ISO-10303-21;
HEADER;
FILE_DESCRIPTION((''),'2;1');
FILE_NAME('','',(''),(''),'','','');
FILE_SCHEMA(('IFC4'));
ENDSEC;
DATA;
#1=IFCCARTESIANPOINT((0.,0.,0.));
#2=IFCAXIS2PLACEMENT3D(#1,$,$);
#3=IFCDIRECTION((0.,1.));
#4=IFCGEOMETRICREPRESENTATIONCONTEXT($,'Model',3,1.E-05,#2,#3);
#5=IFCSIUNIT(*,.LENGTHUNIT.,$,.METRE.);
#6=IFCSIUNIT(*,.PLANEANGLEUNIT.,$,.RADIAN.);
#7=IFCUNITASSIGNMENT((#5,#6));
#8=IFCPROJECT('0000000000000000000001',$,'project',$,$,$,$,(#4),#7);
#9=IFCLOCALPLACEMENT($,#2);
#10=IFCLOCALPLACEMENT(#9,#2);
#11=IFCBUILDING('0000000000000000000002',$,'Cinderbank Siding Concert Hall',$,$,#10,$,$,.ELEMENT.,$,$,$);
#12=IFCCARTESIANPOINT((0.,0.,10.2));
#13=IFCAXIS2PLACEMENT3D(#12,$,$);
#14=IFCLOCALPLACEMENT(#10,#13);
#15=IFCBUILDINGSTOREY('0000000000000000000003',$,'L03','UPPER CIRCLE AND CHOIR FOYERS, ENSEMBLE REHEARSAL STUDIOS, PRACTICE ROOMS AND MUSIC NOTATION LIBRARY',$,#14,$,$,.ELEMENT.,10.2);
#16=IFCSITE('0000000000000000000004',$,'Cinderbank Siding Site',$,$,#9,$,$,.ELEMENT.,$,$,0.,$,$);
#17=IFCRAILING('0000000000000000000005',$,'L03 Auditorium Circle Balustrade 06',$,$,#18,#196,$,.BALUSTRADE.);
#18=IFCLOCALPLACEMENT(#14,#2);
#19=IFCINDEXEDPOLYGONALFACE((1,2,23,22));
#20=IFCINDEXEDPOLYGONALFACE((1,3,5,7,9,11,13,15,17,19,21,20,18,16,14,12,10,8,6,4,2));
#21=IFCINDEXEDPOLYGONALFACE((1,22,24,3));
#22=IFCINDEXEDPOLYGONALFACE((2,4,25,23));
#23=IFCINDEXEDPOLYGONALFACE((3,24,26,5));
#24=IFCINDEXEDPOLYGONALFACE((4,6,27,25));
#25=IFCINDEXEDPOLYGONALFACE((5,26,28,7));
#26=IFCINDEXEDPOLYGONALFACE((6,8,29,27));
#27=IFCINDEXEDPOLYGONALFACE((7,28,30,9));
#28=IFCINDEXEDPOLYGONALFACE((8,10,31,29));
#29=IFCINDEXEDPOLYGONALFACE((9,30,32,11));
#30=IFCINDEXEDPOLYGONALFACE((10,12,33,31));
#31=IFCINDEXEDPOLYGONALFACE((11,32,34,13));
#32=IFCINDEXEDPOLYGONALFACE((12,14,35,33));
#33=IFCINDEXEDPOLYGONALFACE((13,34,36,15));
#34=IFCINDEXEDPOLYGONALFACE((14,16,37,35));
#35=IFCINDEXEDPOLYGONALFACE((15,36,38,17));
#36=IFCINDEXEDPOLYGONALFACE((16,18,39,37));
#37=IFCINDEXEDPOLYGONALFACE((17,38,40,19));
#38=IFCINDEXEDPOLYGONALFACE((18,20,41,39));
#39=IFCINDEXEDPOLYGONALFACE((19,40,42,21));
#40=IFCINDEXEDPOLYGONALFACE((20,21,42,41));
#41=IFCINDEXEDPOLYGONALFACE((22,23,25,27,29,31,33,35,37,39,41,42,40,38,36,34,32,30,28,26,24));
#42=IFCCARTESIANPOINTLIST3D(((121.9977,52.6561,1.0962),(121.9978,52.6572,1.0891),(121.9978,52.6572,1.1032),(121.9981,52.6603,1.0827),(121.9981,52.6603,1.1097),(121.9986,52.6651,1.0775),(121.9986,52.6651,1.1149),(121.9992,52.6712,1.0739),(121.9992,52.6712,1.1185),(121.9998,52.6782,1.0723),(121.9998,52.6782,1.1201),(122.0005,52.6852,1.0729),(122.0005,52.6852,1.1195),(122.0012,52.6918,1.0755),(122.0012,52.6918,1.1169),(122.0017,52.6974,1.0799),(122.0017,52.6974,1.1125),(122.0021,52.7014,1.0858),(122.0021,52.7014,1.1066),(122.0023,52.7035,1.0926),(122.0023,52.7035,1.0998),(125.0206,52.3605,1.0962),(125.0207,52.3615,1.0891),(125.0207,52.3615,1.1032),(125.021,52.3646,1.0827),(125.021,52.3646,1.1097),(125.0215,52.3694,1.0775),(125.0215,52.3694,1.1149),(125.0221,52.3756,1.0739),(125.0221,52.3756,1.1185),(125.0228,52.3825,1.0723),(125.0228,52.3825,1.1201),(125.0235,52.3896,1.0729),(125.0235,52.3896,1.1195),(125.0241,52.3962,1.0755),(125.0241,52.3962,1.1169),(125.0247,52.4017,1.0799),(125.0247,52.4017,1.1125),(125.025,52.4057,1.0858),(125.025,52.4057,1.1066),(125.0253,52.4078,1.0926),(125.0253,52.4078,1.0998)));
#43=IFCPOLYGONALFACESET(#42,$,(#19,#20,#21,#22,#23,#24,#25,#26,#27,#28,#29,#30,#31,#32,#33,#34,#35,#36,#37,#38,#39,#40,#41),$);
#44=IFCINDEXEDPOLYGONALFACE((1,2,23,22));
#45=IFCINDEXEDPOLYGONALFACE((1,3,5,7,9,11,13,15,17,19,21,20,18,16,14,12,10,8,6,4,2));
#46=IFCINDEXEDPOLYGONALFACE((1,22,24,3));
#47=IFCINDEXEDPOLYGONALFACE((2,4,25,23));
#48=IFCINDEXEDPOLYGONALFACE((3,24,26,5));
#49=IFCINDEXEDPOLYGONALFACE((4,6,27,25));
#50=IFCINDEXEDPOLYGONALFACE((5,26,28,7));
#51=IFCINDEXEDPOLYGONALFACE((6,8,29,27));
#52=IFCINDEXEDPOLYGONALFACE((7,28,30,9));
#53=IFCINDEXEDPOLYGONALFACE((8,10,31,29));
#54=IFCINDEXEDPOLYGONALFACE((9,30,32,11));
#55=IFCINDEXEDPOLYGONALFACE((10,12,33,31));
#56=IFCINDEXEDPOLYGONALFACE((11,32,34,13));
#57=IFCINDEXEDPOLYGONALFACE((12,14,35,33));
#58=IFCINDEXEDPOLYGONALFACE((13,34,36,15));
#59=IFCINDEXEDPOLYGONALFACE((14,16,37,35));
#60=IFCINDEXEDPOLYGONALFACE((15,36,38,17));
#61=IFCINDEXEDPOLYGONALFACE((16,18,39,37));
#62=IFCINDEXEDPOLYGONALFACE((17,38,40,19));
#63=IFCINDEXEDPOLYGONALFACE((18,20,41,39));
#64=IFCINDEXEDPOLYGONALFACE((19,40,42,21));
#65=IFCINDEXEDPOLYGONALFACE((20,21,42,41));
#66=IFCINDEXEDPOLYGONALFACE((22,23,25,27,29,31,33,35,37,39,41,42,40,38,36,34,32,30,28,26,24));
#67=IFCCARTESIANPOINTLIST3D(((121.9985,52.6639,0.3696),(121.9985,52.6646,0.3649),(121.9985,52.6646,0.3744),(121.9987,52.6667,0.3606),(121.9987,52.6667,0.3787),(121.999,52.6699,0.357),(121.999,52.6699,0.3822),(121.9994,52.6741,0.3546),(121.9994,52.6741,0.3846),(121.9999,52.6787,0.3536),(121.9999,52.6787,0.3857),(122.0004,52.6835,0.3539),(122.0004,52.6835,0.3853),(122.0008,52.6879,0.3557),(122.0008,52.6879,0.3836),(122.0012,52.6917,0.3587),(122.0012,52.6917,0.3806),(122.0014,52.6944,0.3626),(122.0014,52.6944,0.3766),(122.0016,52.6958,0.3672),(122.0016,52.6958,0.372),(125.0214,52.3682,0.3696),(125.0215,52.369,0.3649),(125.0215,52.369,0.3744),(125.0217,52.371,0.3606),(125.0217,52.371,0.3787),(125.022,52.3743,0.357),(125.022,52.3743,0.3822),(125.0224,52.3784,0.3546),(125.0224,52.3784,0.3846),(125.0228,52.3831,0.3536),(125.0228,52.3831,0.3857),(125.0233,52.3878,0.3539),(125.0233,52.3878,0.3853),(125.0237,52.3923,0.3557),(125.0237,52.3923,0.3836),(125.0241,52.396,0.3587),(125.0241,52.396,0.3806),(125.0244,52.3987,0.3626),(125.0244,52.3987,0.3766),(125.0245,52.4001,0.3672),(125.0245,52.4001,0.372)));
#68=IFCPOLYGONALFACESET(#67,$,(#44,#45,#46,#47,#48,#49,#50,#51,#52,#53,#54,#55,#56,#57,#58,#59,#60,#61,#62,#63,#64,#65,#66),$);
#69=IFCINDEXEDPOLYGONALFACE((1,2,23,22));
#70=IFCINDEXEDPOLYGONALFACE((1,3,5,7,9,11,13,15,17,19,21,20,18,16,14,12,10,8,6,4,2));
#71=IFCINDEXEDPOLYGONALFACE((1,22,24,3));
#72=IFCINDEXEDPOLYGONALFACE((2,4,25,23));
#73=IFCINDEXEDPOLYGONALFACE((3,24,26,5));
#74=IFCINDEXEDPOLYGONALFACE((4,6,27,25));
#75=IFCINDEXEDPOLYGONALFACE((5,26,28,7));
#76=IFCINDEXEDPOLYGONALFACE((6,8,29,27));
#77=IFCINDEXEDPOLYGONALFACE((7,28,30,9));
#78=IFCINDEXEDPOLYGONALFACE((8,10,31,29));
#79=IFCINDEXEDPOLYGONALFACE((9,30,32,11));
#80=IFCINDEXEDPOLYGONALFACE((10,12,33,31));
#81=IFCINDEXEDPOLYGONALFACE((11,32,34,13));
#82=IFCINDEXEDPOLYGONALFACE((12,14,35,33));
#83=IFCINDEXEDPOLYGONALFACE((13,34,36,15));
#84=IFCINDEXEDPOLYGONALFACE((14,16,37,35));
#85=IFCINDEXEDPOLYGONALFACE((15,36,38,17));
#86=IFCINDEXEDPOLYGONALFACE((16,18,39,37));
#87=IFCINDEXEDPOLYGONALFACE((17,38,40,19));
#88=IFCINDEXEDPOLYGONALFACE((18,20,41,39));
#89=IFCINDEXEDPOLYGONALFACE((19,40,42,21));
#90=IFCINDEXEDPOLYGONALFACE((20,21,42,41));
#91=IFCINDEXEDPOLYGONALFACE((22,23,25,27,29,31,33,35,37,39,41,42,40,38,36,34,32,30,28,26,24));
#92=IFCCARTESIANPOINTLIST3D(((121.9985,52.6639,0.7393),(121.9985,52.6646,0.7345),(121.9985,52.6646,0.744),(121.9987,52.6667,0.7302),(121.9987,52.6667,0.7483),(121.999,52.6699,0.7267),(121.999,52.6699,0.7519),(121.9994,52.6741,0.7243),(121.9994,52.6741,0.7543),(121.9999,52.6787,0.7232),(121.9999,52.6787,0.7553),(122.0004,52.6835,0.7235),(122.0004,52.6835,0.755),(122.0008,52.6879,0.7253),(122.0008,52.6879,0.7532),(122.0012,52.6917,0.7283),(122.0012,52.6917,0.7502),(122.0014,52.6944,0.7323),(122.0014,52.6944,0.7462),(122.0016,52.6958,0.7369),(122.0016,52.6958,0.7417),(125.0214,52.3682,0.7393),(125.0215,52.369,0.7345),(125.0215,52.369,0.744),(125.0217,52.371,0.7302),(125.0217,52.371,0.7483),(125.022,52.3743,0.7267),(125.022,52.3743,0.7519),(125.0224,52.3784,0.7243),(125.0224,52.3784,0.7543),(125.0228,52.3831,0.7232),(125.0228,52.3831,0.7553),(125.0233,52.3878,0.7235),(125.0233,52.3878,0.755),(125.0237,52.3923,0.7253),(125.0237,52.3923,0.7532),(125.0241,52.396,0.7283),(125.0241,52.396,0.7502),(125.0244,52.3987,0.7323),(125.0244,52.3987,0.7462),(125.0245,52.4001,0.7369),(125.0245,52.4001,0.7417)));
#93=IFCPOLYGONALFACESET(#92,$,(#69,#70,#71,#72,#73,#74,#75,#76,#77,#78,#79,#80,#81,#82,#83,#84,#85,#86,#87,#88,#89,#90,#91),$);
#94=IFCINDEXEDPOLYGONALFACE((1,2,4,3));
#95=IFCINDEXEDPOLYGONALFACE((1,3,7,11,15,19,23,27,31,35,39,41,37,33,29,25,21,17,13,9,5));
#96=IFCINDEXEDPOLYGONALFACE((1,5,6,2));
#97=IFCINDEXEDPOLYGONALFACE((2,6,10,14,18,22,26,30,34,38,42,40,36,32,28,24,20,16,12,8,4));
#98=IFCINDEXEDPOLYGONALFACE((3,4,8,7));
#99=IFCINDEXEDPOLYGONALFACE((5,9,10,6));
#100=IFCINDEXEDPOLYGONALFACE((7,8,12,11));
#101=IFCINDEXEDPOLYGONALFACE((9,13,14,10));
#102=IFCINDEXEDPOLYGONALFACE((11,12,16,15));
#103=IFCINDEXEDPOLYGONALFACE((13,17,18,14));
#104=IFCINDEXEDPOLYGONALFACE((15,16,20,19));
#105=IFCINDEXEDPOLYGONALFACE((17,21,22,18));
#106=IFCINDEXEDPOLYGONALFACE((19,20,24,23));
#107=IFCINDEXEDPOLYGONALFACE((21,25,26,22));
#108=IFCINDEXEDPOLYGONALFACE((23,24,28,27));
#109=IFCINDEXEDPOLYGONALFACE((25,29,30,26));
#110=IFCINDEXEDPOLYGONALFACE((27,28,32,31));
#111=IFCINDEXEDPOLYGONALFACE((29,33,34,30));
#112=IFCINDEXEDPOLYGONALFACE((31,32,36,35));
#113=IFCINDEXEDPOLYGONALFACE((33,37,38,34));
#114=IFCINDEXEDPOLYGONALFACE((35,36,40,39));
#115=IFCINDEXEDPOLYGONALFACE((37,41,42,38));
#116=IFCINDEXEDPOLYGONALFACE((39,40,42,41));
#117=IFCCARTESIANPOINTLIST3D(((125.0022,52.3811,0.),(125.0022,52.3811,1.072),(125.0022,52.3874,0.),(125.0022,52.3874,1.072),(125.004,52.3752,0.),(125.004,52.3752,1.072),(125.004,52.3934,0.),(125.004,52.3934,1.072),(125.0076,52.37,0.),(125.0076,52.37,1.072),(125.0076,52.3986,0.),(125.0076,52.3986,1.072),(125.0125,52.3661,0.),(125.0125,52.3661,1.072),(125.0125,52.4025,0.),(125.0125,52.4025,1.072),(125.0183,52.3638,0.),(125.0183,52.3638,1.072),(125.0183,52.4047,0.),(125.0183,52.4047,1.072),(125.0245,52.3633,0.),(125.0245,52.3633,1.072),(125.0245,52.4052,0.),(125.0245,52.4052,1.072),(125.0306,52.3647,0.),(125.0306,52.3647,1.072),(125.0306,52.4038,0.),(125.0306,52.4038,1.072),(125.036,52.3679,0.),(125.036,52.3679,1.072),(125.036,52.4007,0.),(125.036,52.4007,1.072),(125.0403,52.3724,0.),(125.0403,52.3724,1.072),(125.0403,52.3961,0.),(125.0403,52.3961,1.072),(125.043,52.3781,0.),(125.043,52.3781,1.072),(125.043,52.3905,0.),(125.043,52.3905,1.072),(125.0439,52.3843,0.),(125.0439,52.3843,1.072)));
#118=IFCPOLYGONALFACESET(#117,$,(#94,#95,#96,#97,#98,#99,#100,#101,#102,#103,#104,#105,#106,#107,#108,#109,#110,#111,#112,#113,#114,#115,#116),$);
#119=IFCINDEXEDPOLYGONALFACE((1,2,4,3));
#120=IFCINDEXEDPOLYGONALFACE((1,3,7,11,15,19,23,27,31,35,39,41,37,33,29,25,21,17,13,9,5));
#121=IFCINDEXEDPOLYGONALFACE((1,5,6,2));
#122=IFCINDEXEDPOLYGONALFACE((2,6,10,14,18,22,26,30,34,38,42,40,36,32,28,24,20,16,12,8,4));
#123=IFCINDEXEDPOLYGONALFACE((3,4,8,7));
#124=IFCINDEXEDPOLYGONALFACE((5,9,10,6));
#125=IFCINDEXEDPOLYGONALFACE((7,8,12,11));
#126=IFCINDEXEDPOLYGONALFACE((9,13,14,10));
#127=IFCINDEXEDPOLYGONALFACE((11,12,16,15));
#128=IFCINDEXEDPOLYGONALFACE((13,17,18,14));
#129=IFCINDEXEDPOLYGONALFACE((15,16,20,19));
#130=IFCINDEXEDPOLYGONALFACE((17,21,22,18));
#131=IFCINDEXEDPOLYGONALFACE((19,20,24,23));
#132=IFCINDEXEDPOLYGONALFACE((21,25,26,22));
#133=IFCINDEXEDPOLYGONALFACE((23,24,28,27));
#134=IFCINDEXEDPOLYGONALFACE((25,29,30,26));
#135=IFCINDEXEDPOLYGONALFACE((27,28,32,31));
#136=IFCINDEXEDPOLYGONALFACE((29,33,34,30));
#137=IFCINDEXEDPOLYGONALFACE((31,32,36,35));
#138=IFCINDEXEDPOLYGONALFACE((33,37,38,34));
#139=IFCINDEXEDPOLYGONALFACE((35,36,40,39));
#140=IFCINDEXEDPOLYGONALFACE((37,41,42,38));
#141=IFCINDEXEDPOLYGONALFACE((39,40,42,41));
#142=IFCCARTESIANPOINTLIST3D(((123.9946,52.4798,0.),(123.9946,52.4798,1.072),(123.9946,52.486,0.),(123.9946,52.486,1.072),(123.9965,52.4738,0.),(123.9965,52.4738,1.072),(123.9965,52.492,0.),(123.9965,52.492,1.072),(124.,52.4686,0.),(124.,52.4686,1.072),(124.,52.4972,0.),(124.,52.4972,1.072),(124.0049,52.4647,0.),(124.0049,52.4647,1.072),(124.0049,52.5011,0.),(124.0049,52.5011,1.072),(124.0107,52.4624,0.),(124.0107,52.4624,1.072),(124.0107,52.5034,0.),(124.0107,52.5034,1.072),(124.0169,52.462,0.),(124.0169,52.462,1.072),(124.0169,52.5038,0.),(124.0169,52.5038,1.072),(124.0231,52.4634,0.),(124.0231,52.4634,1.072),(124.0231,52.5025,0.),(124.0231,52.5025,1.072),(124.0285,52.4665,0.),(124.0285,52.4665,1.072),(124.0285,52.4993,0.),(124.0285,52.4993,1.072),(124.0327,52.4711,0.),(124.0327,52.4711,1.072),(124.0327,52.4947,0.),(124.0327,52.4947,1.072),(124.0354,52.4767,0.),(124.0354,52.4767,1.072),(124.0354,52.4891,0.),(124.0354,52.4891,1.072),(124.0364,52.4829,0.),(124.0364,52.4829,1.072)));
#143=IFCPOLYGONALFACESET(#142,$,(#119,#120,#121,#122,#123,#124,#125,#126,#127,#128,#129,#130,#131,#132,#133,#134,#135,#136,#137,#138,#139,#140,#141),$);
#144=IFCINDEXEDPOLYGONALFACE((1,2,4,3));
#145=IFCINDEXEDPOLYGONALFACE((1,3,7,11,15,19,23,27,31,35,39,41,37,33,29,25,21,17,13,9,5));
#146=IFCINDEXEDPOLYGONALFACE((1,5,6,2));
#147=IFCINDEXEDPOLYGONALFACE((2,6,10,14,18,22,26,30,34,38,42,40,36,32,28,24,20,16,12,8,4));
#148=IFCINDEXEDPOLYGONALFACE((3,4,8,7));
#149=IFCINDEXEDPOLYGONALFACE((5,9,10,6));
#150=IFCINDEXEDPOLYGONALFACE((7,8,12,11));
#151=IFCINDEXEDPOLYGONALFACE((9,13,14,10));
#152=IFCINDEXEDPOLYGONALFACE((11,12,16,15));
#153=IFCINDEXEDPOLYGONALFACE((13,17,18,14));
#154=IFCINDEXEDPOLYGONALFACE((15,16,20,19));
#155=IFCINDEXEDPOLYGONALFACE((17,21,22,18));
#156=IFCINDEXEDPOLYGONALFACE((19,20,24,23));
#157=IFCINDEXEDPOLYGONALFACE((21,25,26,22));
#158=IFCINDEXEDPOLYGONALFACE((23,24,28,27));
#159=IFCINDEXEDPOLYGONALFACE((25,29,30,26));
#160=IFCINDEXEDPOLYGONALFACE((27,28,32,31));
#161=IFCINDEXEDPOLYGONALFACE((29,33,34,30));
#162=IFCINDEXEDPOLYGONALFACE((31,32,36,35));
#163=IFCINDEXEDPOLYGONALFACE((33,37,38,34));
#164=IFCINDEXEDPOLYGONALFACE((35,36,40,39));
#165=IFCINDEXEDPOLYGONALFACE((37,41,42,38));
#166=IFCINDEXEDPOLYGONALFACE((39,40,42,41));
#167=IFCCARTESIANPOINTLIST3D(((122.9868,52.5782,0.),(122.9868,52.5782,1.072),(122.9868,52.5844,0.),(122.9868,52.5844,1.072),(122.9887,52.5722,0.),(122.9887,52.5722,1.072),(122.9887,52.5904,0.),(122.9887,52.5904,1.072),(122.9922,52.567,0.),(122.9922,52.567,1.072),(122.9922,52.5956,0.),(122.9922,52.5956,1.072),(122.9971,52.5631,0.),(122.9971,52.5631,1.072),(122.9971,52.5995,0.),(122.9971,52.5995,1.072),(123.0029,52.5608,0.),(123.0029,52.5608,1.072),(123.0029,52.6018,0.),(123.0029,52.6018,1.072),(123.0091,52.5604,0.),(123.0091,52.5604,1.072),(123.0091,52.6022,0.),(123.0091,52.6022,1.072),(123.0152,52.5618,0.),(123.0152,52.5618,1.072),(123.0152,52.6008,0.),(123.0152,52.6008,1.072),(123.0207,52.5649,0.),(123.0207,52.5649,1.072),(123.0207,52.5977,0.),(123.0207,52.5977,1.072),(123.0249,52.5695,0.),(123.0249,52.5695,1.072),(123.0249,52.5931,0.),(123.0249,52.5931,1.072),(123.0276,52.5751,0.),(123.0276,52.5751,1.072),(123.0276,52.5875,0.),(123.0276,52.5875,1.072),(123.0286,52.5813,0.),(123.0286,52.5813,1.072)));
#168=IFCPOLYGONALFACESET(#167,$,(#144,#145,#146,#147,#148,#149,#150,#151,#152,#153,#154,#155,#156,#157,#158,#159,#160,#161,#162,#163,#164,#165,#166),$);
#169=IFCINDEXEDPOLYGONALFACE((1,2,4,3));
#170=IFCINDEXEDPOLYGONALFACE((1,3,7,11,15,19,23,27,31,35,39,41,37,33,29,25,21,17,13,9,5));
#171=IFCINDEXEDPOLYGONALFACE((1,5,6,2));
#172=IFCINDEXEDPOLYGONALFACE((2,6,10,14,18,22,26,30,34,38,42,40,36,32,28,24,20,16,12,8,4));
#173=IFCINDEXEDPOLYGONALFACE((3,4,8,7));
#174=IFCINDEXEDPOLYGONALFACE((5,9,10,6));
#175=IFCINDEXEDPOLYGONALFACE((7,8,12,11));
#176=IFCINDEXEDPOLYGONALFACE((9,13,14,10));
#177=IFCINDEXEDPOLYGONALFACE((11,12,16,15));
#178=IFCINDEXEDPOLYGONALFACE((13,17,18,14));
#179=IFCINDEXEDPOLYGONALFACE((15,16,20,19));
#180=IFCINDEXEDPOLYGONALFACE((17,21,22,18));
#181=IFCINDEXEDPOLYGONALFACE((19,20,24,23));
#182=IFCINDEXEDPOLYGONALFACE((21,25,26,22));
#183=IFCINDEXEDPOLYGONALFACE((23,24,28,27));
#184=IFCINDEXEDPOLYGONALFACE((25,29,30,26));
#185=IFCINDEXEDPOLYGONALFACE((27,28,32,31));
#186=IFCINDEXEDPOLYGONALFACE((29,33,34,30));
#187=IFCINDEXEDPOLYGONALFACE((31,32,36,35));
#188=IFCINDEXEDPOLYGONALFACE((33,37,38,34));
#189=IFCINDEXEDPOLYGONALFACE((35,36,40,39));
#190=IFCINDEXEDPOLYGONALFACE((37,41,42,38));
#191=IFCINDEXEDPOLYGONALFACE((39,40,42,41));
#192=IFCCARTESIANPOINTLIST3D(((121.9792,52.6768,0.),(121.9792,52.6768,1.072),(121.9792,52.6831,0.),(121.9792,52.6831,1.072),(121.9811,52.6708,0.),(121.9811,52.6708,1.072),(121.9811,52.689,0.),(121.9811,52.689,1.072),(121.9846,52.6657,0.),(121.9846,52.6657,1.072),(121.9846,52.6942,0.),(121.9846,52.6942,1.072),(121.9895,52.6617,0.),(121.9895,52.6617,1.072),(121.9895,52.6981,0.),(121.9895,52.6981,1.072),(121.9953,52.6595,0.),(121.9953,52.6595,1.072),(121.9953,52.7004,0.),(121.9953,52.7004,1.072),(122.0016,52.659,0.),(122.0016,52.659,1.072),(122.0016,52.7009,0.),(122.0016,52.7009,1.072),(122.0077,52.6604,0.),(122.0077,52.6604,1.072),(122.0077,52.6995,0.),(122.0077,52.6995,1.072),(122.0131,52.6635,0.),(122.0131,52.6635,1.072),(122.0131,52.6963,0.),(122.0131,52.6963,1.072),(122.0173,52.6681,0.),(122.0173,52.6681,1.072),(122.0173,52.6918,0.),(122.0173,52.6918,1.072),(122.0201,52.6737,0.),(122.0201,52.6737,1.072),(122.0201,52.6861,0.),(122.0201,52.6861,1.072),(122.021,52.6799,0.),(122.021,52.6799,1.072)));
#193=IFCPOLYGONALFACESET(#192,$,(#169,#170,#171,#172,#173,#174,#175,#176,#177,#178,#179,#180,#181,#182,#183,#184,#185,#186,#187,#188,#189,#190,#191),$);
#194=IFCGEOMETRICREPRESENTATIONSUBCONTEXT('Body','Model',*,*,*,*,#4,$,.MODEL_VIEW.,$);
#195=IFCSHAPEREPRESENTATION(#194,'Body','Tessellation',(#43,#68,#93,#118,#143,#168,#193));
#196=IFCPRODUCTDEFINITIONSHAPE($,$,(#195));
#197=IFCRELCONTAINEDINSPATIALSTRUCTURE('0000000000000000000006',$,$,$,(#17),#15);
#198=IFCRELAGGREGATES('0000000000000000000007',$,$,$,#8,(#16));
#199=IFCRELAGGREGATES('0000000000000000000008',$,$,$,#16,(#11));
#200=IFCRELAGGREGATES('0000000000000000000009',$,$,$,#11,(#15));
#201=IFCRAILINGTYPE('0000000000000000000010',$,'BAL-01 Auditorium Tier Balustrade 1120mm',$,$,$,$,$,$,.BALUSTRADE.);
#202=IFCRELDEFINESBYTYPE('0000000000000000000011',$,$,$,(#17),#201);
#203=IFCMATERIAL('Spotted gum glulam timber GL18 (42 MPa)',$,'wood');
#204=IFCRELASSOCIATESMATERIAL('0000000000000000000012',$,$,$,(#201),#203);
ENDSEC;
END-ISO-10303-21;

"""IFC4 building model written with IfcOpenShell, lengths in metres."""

from ifc_helpers import new_model, si_unit, direction, frame, origin, origin_2d, place, context, subcontext, project, spatial, circle, extrude, material, type_object, element, save


model = new_model("IFC4")

# Units and contexts
model_context = context("Model", 3, precision=1e-05, world=origin(), true_north=direction((0.0, 1.0)))
body_context = subcontext(model_context, "Body", "Model", "MODEL_VIEW")
ifc_project = project(units=[si_unit("LENGTHUNIT", "METRE"), si_unit("PLANEANGLEUNIT", "RADIAN")], contexts=[model_context])

# Site, building, storey
site_placement = place(None, origin())
site = spatial("IfcSite", under=ifc_project, at=site_placement, Name="Cinderbank Siding Site", CompositionType="ELEMENT", RefElevation=0.0)
building_placement = place(site_placement, origin())
building = spatial("IfcBuilding", under=site, at=building_placement, Name="Cinderbank Siding Concert Hall", CompositionType="ELEMENT")
storey_placement = place(building_placement, frame((0.0, 0.0, 10.2)))
storey = spatial("IfcBuildingStorey", under=building, at=storey_placement, Name="L03", Description="UPPER CIRCLE AND CHOIR FOYERS, ENSEMBLE REHEARSAL STUDIOS, PRACTICE ROOMS AND MUSIC NOTATION LIBRARY", CompositionType="ELEMENT", Elevation=10.2)

# Shared definitions
ifc_material_1 = material(Name="Spotted gum glulam timber GL18 (42 MPa)", Category="wood")

# Railing
railing_type = type_object("IfcRailingType", Name="BAL-01 Auditorium Tier Balustrade 1120mm", PredefinedType="BALUSTRADE", material=ifc_material_1)
railing_1_placement = place(storey_placement, frame((125.0229, 52.3843, 0.0)))
element("IfcRailing", 1, at=railing_1_placement, inside=storey, type_object=railing_type, Name="L03 Auditorium Circle Balustrade 06", PredefinedType="BALUSTRADE", context=body_context, shape_type="SweptSolid", body=[
    extrude(circle(Radius=0.0239, at=origin_2d()), frame((0.0, 0.0, 1.0962), z_axis=(-0.995251, 0.097339, 0.0), x_axis=(-0.097339, -0.995251, 0.0)), (0.0, 0.0, 1.0), 3.0374),
    extrude(circle(Radius=0.0161, at=origin_2d()), frame((0.0, 0.0, 0.3696), z_axis=(-0.995251, 0.097339, 0.0), x_axis=(-0.097339, -0.995251, 0.0)), (0.0, 0.0, 1.0), 3.0374),
    extrude(circle(Radius=0.0161, at=origin_2d()), frame((0.0, 0.0, 0.7393), z_axis=(-0.995251, 0.097339, 0.0), x_axis=(-0.097339, -0.995251, 0.0)), (0.0, 0.0, 1.0), 3.0374),
    extrude(circle(Radius=0.021, at=origin_2d()), origin(), (0.0, 0.0, 1.0), 1.072),
    extrude(circle(Radius=0.021, at=origin_2d()), frame((-1.0076, 0.0986, 0.0)), (0.0, 0.0, 1.0), 1.072),
    extrude(circle(Radius=0.021, at=origin_2d()), frame((-2.0154, 0.197, 0.0)), (0.0, 0.0, 1.0), 1.072),
    extrude(circle(Radius=0.021, at=origin_2d()), frame((-3.0229, 0.2957, 0.0)), (0.0, 0.0, 1.0), 1.072),
])

save(model, "model.ifc")
